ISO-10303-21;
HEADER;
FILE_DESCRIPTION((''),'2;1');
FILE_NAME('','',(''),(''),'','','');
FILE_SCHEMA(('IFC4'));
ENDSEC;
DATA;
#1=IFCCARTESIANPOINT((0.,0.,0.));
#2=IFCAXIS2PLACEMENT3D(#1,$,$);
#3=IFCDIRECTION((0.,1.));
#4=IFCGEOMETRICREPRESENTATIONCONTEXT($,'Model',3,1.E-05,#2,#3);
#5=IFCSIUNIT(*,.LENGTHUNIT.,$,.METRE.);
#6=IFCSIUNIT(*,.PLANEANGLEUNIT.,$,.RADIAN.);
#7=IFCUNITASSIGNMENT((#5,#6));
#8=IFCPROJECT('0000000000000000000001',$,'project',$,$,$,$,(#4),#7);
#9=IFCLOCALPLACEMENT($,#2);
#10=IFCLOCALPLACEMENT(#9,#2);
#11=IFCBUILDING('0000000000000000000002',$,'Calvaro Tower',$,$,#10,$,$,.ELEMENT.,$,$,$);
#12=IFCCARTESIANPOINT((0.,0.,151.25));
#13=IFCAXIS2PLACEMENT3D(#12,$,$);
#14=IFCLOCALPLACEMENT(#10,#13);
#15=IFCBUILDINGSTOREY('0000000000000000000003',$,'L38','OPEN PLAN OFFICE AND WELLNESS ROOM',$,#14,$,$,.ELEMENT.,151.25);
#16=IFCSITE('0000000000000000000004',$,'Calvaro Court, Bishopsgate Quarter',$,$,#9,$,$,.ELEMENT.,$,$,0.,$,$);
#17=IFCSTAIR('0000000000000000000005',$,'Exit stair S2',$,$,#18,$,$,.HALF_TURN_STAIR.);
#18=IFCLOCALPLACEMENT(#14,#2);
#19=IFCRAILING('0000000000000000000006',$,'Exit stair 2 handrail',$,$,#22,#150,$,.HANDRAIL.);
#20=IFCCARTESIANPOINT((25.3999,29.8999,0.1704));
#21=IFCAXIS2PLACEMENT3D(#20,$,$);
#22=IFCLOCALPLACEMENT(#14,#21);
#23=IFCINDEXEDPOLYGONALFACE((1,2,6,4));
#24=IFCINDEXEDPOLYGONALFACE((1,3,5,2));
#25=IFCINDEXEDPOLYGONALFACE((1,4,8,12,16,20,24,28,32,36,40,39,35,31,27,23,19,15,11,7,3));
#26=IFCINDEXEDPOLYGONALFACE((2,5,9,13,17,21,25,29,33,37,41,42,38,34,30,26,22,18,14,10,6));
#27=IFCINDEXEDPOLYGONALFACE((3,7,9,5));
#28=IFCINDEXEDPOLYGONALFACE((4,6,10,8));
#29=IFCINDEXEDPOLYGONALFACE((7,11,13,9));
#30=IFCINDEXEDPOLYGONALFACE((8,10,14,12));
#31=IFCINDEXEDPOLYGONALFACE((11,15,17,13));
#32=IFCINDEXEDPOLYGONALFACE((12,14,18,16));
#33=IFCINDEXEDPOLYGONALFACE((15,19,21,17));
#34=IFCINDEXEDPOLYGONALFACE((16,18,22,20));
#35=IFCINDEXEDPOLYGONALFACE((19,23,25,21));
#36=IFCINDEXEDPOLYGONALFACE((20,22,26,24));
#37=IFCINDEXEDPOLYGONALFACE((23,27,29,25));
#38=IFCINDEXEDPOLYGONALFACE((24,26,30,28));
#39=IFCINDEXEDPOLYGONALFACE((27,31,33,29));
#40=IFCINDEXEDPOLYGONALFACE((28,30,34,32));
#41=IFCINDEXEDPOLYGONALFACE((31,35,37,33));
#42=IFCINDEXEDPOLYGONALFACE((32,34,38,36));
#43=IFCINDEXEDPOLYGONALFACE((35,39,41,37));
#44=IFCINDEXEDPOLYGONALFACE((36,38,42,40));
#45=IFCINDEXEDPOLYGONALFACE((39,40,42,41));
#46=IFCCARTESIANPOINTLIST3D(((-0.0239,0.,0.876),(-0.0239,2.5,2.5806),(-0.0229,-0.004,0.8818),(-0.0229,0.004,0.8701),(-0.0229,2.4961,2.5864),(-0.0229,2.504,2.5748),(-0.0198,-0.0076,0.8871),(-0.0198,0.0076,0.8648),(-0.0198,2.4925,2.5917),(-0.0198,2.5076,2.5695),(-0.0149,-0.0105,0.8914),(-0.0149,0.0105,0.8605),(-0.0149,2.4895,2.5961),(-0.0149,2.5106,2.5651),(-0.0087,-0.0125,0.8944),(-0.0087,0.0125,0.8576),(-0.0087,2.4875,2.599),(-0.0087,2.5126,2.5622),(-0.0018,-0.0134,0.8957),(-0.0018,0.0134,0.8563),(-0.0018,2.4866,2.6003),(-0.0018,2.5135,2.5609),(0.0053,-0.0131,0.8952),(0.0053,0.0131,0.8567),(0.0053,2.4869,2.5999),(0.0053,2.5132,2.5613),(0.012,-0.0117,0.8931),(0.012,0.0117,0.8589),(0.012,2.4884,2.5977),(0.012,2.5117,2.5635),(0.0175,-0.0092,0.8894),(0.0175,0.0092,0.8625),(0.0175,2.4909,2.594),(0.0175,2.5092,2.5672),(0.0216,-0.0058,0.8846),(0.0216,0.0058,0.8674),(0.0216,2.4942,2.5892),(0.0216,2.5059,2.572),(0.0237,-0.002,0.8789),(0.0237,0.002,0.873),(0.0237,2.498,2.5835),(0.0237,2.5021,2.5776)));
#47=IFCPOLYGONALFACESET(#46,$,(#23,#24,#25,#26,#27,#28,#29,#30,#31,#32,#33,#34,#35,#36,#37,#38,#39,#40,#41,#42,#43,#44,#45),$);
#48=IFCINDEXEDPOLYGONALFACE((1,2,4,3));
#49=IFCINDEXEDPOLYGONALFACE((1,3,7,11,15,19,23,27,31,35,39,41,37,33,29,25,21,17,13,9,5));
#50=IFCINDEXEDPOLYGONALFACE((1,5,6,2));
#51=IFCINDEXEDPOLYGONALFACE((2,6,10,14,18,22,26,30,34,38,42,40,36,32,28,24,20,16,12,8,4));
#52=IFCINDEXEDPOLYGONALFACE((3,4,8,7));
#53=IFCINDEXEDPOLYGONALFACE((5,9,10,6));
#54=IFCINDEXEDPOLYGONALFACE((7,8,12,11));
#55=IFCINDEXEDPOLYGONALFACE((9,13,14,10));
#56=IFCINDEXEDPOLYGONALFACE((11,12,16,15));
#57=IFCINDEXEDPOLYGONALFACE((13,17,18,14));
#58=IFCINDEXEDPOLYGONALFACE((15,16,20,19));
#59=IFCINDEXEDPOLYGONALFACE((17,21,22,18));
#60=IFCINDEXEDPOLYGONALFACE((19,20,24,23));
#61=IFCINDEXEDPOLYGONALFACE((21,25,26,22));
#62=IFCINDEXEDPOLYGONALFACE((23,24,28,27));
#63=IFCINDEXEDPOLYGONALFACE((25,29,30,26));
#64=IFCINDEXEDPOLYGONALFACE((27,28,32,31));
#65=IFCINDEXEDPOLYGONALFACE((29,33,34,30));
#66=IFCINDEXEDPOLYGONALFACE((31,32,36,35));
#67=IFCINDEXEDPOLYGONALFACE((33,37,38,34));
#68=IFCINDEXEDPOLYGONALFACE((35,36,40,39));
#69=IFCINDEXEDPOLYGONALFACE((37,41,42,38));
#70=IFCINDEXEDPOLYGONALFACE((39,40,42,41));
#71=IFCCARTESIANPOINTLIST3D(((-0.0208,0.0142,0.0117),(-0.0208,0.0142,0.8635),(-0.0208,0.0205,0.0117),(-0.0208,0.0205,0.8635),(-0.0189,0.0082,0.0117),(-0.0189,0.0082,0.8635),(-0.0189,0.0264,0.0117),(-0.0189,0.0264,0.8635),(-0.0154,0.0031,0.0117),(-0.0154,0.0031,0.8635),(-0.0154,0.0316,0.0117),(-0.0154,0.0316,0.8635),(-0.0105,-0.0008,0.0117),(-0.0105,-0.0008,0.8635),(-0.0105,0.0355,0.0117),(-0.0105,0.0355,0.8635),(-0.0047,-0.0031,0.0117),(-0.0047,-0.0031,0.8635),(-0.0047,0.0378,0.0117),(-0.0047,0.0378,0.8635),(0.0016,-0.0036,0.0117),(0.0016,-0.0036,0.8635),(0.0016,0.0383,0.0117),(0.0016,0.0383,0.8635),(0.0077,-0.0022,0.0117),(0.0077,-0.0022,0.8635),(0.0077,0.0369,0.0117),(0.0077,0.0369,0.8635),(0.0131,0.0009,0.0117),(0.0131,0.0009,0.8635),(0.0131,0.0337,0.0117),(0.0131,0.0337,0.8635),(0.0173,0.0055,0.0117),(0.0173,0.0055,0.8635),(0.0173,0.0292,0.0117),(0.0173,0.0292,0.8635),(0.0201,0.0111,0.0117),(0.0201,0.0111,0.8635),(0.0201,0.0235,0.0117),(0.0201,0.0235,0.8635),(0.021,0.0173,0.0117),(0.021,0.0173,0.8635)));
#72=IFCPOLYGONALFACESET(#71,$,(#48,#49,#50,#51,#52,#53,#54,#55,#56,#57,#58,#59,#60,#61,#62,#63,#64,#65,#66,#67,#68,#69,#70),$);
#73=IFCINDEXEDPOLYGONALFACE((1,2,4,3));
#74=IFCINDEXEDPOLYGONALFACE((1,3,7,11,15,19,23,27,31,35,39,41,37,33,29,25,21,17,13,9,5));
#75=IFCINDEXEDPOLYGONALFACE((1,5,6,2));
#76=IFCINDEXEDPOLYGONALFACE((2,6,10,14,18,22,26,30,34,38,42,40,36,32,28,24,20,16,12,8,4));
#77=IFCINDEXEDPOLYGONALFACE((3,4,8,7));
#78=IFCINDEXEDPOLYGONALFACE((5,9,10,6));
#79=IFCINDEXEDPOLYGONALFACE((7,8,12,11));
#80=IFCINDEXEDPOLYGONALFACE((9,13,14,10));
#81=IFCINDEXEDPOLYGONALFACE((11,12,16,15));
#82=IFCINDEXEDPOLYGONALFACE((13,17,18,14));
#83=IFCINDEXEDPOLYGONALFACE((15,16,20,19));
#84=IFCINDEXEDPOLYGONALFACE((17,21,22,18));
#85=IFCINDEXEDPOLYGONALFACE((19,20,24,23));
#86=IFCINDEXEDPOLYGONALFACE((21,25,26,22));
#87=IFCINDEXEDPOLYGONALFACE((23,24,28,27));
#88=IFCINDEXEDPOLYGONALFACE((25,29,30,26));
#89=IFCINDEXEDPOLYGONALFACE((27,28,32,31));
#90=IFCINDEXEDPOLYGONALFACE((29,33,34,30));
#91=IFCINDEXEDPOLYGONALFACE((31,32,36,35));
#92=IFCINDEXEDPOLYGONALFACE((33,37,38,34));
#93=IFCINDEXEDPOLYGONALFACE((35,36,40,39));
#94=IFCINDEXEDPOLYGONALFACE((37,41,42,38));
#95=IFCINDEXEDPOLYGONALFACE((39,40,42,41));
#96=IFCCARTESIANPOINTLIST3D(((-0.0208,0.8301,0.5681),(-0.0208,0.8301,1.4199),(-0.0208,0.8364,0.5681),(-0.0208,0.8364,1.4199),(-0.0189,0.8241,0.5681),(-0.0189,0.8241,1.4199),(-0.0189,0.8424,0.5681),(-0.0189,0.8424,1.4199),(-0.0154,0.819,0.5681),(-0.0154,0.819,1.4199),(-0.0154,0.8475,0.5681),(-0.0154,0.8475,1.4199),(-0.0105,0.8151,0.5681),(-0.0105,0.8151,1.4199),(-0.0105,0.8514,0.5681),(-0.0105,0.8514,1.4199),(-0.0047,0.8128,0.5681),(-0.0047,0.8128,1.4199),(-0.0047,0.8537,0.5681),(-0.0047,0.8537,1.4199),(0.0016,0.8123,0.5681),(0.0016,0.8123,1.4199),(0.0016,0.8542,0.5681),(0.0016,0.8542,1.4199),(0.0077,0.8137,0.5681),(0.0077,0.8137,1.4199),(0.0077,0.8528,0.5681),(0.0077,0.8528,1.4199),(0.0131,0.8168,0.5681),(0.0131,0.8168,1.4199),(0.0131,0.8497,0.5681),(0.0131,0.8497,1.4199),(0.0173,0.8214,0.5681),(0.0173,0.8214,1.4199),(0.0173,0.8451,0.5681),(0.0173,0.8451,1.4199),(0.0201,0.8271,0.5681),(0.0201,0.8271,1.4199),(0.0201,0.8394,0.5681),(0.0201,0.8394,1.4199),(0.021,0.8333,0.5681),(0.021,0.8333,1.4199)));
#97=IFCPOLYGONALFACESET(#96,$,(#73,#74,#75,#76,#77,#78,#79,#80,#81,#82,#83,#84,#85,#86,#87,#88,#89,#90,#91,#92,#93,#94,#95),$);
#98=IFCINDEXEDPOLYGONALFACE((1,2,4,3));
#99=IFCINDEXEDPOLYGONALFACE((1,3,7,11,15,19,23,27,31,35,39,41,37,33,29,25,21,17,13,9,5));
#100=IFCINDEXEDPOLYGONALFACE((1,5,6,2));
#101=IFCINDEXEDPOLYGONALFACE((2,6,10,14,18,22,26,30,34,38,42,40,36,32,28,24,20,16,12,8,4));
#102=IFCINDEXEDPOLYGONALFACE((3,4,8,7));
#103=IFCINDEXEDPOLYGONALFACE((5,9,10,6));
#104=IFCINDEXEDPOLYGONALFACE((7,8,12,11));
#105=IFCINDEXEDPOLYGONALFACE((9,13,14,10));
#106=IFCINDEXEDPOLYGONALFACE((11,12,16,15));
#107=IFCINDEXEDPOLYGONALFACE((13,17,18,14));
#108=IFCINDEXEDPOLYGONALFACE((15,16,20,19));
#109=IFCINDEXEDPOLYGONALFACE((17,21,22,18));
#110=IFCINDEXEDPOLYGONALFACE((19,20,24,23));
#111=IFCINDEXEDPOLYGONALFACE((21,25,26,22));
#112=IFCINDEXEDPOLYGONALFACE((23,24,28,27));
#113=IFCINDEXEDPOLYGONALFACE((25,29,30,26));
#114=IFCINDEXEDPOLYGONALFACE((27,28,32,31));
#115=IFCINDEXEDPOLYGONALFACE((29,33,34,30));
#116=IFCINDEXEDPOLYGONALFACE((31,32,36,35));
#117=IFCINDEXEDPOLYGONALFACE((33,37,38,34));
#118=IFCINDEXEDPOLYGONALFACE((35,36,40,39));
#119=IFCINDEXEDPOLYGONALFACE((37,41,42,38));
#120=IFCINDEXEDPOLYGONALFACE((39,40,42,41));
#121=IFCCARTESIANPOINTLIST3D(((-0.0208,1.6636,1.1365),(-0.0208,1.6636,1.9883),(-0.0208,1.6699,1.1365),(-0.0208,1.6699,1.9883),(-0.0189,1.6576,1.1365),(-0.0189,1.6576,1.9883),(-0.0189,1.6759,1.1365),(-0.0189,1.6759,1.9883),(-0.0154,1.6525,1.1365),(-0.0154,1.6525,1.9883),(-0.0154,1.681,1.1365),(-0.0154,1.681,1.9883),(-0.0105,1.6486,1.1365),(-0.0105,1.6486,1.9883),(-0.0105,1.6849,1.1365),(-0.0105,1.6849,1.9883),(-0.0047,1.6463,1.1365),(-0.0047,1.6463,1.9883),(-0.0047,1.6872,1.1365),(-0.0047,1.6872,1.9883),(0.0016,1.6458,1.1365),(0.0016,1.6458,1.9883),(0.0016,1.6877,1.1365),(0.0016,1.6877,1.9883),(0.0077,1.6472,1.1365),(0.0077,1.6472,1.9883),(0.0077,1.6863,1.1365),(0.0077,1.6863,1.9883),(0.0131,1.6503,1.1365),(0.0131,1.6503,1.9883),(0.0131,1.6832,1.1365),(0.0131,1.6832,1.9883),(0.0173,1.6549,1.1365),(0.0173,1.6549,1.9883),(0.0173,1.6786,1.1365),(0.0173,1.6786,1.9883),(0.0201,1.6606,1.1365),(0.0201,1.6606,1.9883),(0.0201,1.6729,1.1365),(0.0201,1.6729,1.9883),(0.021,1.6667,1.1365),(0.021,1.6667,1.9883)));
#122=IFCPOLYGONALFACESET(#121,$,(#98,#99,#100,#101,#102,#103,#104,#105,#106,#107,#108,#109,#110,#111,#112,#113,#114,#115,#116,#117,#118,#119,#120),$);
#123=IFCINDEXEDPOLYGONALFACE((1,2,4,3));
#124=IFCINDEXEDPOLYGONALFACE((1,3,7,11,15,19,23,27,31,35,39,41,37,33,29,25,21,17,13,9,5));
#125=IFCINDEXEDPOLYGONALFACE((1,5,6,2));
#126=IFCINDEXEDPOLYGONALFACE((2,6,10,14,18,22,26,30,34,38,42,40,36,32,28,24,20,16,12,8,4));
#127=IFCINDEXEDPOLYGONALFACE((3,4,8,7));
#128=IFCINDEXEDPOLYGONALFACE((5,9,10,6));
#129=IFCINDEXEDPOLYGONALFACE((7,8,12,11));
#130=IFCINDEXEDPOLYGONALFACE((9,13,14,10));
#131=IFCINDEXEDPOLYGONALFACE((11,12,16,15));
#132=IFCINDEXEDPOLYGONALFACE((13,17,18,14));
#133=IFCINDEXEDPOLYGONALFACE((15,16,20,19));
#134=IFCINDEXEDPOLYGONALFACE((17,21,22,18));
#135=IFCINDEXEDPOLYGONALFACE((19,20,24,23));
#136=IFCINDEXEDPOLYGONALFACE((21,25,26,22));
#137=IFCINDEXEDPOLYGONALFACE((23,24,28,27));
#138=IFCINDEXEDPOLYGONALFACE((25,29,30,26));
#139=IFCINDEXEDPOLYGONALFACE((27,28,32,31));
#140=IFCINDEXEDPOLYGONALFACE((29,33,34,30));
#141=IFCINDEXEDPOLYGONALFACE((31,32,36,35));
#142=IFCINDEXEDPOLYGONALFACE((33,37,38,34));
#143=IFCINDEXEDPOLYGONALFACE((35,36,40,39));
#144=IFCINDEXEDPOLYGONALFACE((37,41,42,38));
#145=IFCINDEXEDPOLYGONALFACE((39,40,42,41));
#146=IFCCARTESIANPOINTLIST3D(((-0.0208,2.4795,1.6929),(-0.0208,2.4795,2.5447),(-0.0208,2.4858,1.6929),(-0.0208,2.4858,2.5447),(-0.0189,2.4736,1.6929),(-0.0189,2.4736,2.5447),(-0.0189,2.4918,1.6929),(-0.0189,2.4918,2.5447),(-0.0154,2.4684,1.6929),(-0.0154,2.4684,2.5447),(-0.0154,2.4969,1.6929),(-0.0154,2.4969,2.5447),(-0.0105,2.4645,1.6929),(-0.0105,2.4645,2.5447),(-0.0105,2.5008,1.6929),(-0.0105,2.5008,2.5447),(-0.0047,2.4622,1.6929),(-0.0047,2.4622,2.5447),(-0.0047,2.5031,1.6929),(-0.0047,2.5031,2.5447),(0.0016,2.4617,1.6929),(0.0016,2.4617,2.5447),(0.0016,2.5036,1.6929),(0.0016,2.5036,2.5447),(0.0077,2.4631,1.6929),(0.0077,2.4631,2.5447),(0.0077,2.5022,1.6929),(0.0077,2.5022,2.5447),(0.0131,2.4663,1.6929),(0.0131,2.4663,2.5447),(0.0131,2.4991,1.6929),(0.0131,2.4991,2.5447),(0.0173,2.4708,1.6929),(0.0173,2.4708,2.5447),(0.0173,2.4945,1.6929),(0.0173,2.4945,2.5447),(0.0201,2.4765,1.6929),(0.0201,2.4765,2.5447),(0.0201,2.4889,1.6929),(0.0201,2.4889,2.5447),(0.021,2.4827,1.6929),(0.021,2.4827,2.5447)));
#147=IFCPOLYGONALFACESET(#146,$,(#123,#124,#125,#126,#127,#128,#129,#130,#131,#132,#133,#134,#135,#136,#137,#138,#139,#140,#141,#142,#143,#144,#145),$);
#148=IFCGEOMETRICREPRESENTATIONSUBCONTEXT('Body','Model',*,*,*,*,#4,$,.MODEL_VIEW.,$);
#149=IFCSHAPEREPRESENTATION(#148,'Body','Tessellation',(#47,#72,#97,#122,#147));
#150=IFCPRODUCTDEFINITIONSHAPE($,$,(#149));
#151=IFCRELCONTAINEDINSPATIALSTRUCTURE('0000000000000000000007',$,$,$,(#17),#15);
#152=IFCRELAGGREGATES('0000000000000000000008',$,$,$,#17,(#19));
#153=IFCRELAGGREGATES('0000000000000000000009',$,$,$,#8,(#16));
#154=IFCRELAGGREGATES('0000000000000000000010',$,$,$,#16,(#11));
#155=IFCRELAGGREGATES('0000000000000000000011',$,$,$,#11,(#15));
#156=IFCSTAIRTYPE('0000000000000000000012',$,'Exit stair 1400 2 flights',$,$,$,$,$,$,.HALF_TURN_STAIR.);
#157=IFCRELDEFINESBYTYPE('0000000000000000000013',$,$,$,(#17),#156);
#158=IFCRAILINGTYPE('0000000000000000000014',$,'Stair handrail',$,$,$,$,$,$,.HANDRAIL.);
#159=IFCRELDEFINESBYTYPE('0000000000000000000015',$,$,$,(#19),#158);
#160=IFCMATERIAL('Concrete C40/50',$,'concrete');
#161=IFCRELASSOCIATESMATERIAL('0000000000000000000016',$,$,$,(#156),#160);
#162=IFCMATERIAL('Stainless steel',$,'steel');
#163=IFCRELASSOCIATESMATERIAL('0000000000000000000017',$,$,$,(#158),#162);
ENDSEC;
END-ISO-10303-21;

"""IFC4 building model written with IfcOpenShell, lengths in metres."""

from ifc_helpers import new_model, si_unit, direction, frame, origin, origin_2d, place, context, subcontext, project, spatial, circle, extrude, material, type_object, element, aggregate, save


model = new_model("IFC4")

# Units and contexts
model_context = context("Model", 3, precision=1e-05, world=origin(), true_north=direction((0.0, 1.0)))
body_context = subcontext(model_context, "Body", "Model", "MODEL_VIEW")
ifc_project = project(units=[si_unit("LENGTHUNIT", "METRE"), si_unit("PLANEANGLEUNIT", "RADIAN")], contexts=[model_context])

# Site, building, storey
site_placement = place(None, origin())
site = spatial("IfcSite", under=ifc_project, at=site_placement, Name="Calvaro Court, Bishopsgate Quarter", CompositionType="ELEMENT", RefElevation=0.0)
building_placement = place(site_placement, origin())
building = spatial("IfcBuilding", under=site, at=building_placement, Name="Calvaro Tower", CompositionType="ELEMENT")
storey_placement = place(building_placement, frame((0.0, 0.0, 151.25)))
storey = spatial("IfcBuildingStorey", under=building, at=storey_placement, Name="L38", Description="OPEN PLAN OFFICE AND WELLNESS ROOM", CompositionType="ELEMENT", Elevation=151.25)

# Stair, railing
ifc_material_1 = material(Name="Concrete C40/50", Category="concrete")
stair_type = type_object("IfcStairType", Name="Exit stair 1400 2 flights", PredefinedType="HALF_TURN_STAIR", material=ifc_material_1)
stair_placement = place(storey_placement, origin())
stair = element("IfcStair", 1, at=stair_placement, inside=storey, type_object=stair_type, Name="Exit stair S2", PredefinedType="HALF_TURN_STAIR")
ifc_material_2 = material(Name="Stainless steel", Category="steel")
railing_type = type_object("IfcRailingType", Name="Stair handrail", PredefinedType="HANDRAIL", material=ifc_material_2)
railing_1_placement = place(storey_placement, frame((25.3999, 29.8999, 0.1704)))
railing_1 = element("IfcRailing", 2, at=railing_1_placement, type_object=railing_type, Name="Exit stair 2 handrail", PredefinedType="HANDRAIL", context=body_context, shape_type="SweptSolid", body=[
    extrude(circle(Radius=0.0239, at=origin_2d()), frame((0.0, 0.0, 0.876), z_axis=(0.0, 0.826221, 0.563347), x_axis=(-1.0, 0.0, 0.0)), (0.0, 0.0, 1.0), 3.0259),
    extrude(circle(Radius=0.021, at=origin_2d()), frame((0.0, 0.0173, 0.0117)), (0.0, 0.0, 1.0), 0.8518),
    extrude(circle(Radius=0.021, at=origin_2d()), frame((0.0, 0.8333, 0.5681)), (0.0, 0.0, 1.0), 0.8518),
    extrude(circle(Radius=0.021, at=origin_2d()), frame((0.0, 1.6667, 1.1365)), (0.0, 0.0, 1.0), 0.8518),
    extrude(circle(Radius=0.021, at=origin_2d()), frame((0.0, 2.4827, 1.6929)), (0.0, 0.0, 1.0), 0.8518),
])
aggregate(stair, [railing_1])

save(model, "model.ifc")
